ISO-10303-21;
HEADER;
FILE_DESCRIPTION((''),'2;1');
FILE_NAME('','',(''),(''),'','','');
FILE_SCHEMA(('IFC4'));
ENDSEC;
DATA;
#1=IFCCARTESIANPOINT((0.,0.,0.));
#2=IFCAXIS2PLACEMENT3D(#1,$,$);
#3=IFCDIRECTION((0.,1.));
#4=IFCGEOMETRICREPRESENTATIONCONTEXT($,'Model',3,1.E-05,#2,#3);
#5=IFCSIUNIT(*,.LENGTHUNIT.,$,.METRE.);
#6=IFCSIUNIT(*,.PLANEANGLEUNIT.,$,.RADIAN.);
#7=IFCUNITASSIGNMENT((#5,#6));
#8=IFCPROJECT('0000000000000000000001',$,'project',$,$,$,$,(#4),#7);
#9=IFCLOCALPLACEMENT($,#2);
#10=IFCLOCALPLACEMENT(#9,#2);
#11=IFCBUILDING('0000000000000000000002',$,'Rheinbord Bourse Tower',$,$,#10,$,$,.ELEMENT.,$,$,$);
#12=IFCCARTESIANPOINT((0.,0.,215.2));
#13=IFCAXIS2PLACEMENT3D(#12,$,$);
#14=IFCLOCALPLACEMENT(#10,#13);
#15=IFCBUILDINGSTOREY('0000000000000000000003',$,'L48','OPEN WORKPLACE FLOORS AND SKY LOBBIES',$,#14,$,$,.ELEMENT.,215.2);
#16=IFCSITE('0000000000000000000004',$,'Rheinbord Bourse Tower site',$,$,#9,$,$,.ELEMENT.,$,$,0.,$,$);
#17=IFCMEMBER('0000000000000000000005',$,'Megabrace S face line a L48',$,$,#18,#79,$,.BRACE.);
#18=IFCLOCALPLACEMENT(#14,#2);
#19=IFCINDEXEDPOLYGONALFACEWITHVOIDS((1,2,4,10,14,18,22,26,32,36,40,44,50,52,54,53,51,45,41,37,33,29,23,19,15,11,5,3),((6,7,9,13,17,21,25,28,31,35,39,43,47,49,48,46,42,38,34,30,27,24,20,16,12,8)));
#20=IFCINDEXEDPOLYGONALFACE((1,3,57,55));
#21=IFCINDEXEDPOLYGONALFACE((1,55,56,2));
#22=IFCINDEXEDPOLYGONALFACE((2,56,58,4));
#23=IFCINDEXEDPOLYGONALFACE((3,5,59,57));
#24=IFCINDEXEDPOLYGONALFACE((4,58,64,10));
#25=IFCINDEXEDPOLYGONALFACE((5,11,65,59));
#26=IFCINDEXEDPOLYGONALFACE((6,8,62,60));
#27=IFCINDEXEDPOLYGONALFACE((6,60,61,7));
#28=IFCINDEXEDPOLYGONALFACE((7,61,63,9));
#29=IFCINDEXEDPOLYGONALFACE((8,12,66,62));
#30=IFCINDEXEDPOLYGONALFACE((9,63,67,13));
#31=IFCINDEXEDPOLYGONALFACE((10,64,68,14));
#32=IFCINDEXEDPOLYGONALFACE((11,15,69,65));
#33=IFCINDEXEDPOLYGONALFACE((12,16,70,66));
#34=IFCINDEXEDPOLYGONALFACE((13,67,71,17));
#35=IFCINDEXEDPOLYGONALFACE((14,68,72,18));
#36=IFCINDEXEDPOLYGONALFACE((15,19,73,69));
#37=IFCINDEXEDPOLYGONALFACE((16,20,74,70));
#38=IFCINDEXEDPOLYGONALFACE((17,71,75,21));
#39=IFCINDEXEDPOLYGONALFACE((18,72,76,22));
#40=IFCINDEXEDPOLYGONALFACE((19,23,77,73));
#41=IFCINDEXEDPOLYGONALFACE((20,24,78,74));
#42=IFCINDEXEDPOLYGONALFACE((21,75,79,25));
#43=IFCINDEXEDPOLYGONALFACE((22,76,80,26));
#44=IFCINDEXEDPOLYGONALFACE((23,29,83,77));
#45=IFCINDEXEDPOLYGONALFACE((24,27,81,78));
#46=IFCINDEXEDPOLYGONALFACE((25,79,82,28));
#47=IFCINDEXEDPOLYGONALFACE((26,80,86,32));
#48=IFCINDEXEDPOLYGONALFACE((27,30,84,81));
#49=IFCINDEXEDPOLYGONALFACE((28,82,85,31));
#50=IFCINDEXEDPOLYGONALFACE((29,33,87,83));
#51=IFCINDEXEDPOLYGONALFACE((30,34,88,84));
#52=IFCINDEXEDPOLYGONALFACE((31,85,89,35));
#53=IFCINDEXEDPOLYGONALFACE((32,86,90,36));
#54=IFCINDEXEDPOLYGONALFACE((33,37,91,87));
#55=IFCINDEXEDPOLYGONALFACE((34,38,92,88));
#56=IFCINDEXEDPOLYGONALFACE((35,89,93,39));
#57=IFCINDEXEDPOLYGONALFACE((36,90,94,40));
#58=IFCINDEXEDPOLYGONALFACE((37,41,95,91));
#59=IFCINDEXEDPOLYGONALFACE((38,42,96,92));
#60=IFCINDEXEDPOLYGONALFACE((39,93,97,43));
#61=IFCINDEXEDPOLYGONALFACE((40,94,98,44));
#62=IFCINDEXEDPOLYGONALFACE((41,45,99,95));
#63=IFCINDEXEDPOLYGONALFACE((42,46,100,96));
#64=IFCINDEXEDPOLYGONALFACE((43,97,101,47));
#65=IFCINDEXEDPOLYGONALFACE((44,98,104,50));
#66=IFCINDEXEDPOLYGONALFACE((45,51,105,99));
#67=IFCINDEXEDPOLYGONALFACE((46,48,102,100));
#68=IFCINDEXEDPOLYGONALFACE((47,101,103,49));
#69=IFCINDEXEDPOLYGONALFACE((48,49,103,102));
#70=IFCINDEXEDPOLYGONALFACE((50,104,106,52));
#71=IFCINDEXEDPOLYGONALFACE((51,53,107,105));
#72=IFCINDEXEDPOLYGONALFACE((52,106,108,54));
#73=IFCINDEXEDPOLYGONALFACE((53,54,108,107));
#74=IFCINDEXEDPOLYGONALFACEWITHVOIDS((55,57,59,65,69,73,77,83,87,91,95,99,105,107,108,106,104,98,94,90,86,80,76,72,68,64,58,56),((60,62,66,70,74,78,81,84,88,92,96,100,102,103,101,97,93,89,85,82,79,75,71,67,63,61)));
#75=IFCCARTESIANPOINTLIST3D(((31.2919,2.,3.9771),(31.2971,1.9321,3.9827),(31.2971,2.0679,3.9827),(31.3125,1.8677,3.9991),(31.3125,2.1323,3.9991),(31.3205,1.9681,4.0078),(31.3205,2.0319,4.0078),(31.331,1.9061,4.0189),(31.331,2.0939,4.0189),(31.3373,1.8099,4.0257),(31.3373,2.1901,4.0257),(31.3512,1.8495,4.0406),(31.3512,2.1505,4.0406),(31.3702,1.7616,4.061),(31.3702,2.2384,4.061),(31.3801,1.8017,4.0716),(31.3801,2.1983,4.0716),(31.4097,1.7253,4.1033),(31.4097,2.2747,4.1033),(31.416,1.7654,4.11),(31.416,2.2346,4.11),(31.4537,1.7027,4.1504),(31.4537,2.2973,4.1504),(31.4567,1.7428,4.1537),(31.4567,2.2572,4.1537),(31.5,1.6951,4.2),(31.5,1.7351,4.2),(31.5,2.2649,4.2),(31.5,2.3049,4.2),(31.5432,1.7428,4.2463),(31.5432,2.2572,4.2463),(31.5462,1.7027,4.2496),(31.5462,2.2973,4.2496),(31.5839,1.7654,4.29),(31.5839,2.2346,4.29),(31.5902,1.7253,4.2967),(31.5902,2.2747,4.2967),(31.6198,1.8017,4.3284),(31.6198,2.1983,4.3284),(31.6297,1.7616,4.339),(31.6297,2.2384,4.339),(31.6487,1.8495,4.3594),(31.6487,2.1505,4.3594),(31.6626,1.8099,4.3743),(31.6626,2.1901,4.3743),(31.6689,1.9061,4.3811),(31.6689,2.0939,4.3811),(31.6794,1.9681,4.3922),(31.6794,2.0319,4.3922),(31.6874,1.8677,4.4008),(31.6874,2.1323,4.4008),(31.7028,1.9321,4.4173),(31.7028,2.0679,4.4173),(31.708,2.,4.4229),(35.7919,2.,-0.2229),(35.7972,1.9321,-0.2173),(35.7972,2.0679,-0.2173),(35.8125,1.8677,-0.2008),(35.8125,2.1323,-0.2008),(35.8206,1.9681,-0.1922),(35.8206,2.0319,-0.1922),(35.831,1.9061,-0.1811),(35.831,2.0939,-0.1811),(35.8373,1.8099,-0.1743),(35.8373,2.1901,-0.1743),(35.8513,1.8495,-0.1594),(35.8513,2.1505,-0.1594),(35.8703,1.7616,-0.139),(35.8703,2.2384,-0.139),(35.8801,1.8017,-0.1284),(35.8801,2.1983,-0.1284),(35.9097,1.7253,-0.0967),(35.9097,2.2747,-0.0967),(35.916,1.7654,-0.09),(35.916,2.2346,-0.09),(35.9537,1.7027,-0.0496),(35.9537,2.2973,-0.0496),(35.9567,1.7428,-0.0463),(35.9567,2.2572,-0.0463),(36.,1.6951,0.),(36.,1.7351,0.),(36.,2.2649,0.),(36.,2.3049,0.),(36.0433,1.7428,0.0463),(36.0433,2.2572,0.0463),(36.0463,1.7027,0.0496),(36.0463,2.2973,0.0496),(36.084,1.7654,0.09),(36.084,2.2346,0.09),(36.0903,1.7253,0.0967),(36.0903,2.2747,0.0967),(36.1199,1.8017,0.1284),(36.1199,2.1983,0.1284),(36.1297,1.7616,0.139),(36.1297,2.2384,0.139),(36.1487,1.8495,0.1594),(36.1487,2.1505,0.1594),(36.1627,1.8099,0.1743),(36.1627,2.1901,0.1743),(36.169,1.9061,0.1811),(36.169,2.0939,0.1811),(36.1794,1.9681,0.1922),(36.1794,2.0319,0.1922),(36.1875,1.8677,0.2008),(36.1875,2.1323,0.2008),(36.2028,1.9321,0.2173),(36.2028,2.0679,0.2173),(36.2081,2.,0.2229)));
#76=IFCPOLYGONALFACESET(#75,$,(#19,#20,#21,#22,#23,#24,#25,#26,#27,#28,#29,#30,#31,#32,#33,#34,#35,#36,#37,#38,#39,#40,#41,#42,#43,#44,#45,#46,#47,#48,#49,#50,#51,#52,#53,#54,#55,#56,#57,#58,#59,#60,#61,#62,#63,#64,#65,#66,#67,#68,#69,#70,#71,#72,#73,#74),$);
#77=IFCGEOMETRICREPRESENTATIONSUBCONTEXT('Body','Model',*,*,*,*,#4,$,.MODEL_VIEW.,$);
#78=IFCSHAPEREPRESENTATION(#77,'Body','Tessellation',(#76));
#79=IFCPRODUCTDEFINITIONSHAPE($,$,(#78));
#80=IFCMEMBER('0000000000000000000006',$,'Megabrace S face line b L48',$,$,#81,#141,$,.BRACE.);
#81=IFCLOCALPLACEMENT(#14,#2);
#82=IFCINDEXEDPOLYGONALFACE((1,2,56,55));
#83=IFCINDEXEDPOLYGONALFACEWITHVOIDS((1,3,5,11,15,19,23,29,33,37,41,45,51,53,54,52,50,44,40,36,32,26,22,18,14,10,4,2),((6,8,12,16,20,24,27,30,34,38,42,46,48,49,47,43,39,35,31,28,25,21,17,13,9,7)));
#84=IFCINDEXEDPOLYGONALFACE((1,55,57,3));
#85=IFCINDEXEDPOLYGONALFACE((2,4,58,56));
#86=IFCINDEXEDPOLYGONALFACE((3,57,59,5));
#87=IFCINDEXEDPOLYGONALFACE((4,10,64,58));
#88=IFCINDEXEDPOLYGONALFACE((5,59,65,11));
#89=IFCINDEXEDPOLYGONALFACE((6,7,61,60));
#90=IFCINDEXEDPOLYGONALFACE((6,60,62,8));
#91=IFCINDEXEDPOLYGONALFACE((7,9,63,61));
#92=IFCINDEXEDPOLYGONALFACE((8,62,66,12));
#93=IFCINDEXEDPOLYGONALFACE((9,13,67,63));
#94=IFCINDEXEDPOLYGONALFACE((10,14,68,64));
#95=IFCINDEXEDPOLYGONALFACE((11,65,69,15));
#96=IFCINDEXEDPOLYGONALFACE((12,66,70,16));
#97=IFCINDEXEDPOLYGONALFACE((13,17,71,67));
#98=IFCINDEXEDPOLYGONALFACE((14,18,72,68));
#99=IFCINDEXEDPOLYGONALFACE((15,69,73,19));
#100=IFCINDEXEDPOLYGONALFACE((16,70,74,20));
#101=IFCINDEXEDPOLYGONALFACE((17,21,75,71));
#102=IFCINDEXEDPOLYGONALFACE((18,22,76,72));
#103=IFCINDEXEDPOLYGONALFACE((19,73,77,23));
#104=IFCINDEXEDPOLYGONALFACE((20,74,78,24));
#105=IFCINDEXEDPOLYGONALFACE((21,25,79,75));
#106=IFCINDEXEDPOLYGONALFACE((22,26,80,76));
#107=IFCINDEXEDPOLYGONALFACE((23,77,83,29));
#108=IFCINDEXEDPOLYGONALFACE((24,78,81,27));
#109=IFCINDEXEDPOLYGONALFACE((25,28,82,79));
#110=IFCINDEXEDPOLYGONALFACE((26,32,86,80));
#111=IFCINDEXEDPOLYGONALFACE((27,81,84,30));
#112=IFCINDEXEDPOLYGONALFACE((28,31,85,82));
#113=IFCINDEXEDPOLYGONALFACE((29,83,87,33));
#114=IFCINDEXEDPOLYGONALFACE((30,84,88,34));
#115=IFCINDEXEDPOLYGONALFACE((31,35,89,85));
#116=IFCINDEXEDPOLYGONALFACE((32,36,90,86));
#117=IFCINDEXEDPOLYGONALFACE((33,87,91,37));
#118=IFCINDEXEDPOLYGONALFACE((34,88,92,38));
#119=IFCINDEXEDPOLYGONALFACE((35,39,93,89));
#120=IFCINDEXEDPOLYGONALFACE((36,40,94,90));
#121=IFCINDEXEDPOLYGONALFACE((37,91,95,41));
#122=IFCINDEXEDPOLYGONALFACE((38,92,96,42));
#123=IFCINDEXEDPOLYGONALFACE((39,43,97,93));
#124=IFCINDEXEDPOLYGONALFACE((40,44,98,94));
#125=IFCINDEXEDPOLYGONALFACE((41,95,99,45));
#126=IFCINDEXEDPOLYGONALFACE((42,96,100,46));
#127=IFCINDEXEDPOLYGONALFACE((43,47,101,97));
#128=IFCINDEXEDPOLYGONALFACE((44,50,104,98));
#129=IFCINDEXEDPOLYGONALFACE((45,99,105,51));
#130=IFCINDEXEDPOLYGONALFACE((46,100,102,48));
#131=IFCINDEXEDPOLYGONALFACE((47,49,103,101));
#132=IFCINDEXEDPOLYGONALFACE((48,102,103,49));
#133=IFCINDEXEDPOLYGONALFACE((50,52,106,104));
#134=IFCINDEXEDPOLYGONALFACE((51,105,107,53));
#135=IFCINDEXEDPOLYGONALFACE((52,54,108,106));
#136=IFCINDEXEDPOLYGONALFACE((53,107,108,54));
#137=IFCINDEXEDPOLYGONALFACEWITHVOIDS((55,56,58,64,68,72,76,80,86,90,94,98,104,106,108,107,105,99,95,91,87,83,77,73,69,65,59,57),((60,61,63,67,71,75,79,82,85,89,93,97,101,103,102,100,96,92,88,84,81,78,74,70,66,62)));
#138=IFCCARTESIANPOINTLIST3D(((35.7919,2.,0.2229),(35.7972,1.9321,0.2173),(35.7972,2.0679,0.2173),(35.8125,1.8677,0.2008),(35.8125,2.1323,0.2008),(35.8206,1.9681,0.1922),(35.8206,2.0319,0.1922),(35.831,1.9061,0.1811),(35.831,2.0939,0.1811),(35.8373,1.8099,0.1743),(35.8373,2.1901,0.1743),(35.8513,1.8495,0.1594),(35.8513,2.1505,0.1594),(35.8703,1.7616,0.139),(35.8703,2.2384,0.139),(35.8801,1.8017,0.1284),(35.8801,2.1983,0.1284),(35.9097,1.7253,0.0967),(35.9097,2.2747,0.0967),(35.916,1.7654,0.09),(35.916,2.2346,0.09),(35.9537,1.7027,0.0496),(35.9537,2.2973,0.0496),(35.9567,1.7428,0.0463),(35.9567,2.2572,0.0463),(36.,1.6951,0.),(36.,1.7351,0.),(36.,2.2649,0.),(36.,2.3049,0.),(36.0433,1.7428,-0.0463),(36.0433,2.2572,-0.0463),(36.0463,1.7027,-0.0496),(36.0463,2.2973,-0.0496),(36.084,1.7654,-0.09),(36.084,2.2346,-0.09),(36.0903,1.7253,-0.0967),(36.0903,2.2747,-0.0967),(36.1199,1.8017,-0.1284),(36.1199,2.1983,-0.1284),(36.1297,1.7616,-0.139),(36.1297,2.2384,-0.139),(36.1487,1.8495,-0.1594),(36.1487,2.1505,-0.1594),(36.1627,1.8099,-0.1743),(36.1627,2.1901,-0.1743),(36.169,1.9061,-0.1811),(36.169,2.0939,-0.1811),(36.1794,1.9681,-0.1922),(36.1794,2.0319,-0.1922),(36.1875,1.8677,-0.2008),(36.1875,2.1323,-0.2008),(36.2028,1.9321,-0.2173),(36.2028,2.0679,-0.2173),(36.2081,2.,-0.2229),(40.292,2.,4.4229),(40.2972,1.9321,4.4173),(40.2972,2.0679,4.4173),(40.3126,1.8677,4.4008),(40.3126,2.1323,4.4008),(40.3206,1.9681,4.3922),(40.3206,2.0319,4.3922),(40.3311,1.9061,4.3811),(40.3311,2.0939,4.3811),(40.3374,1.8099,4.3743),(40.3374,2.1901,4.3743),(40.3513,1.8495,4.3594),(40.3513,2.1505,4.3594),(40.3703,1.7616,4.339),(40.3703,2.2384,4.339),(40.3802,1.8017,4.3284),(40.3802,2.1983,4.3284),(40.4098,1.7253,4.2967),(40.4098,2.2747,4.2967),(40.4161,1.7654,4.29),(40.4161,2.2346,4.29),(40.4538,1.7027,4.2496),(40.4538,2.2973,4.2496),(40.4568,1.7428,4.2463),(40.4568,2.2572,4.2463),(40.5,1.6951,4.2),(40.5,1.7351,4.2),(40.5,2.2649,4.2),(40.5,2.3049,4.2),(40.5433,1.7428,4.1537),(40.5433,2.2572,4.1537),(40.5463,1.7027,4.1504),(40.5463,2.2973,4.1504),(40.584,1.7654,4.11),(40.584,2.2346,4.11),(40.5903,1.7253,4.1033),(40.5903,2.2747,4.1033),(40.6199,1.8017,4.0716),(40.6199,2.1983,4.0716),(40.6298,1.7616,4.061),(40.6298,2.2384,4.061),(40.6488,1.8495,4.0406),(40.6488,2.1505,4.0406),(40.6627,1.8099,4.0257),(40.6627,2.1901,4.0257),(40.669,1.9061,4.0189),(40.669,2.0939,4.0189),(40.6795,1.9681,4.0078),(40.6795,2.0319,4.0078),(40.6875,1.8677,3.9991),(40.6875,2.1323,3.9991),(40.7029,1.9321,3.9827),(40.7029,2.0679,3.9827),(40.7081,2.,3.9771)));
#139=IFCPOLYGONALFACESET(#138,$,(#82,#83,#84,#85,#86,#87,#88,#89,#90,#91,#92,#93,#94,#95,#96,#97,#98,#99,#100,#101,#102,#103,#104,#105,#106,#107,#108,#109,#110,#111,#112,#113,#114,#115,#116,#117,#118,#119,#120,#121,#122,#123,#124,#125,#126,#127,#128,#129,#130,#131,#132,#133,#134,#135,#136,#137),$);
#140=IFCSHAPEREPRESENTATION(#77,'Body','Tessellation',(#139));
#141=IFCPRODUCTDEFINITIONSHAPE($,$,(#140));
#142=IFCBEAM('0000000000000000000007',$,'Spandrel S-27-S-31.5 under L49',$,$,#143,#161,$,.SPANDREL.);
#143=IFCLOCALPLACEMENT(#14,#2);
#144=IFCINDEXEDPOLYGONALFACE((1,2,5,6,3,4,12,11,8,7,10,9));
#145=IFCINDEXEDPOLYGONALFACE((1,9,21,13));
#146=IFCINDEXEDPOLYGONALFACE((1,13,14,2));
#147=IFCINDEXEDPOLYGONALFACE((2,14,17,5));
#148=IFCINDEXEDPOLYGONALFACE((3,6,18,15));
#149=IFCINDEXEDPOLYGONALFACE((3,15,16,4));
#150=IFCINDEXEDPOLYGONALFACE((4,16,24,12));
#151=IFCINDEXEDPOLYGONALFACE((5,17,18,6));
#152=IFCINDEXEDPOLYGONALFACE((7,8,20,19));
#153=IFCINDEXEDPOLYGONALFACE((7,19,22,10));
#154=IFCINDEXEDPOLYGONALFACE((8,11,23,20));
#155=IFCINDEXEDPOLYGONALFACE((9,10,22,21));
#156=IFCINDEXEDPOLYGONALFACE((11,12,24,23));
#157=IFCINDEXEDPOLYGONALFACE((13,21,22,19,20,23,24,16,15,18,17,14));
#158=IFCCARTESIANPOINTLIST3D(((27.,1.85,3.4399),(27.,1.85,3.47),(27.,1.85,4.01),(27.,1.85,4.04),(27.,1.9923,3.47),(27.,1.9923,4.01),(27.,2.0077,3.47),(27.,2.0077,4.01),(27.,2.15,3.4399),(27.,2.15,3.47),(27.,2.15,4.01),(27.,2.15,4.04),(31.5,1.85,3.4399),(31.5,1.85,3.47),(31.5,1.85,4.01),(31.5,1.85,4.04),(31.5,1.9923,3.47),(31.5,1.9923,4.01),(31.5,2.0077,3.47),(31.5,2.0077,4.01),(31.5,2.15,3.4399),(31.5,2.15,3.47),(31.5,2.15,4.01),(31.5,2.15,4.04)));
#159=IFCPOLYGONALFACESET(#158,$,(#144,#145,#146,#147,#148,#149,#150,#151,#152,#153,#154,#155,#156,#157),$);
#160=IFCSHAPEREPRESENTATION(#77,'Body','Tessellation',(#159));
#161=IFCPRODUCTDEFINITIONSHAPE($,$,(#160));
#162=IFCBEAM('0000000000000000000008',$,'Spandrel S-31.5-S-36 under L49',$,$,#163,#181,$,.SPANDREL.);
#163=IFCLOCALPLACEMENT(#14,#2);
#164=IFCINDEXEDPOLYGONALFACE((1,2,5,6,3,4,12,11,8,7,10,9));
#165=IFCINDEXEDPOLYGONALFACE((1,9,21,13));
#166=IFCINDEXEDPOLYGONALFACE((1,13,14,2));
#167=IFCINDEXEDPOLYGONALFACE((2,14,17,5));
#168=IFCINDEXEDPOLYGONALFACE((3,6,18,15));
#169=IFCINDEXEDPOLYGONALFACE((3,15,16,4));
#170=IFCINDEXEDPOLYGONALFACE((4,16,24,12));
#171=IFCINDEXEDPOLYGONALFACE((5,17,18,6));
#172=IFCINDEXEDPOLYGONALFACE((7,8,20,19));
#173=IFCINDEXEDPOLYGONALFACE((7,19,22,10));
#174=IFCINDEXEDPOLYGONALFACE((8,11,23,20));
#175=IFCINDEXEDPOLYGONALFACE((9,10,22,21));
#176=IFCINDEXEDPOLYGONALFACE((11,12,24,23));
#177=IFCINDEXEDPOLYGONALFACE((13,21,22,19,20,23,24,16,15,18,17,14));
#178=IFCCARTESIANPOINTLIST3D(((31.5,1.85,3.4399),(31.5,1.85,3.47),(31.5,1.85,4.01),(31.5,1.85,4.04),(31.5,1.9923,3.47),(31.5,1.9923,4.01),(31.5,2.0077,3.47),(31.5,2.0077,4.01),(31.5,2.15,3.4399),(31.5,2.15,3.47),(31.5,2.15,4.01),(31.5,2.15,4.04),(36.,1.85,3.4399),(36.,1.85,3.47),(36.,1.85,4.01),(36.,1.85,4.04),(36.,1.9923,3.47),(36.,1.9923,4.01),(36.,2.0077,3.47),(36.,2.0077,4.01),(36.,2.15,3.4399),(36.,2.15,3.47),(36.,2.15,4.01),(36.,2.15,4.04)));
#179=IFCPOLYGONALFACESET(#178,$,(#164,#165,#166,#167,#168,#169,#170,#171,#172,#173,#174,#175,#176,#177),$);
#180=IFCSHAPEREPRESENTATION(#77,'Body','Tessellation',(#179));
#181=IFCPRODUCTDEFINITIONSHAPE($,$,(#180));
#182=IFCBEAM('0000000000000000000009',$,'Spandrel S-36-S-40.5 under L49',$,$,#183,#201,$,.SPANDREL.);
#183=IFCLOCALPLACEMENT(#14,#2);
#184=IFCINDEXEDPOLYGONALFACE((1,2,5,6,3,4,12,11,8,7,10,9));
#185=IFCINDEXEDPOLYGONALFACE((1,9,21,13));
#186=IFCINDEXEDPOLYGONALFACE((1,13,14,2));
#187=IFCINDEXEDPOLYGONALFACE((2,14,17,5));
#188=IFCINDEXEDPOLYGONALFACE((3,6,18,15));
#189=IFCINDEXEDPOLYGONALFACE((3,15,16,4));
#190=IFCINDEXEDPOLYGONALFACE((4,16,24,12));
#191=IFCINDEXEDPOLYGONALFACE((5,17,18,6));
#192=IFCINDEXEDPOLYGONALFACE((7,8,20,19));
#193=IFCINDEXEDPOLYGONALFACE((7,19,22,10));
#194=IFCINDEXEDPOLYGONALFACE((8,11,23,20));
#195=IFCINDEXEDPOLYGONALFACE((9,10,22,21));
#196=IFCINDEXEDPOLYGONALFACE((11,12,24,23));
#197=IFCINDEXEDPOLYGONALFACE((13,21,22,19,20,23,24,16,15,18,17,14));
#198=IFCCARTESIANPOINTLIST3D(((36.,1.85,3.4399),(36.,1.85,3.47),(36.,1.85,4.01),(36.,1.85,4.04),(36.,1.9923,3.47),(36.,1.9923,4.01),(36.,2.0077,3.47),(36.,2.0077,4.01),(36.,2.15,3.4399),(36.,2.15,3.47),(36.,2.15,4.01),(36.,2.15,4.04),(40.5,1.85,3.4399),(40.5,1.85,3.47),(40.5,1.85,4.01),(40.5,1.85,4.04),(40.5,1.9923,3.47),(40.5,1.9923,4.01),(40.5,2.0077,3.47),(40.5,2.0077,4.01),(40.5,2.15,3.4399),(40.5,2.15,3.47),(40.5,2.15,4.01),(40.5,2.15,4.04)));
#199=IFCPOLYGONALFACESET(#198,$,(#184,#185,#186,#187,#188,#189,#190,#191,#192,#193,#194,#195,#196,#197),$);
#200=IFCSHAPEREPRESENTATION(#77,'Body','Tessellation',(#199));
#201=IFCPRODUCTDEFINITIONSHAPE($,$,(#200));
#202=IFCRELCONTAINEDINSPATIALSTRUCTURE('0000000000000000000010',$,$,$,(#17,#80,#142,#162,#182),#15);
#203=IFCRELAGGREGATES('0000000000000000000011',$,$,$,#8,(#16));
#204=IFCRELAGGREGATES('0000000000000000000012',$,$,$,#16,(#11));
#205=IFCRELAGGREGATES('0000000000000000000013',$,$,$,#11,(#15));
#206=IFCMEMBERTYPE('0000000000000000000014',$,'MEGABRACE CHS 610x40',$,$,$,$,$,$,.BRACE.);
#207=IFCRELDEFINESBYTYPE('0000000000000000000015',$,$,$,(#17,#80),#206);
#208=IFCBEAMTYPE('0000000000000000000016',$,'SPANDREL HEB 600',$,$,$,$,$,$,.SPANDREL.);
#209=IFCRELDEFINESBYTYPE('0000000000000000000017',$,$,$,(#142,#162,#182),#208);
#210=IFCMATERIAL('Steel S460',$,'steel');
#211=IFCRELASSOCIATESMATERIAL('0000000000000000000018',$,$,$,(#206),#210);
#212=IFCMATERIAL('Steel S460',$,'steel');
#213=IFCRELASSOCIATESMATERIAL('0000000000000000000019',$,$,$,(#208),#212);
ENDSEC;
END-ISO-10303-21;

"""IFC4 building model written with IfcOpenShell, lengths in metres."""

from ifc_helpers import new_model, si_unit, direction, frame, origin, origin_2d, place, context, subcontext, project, spatial, hollow_circle, i_section, extrude, material, material_profile, profile_set, type_object, element, save


model = new_model("IFC4")

# Units and contexts
model_context = context("Model", 3, precision=1e-05, world=origin(), true_north=direction((0.0, 1.0)))
body_context = subcontext(model_context, "Body", "Model", "MODEL_VIEW")
ifc_project = project(units=[si_unit("LENGTHUNIT", "METRE"), si_unit("PLANEANGLEUNIT", "RADIAN")], contexts=[model_context])

# Site, building, storey
site_placement = place(None, origin())
site = spatial("IfcSite", under=ifc_project, at=site_placement, Name="Rheinbord Bourse Tower site", CompositionType="ELEMENT", RefElevation=0.0)
building_placement = place(site_placement, origin())
building = spatial("IfcBuilding", under=site, at=building_placement, Name="Rheinbord Bourse Tower", CompositionType="ELEMENT")
storey_placement = place(building_placement, frame((0.0, 0.0, 215.2)))
storey = spatial("IfcBuildingStorey", under=building, at=storey_placement, Name="L48", Description="OPEN WORKPLACE FLOORS AND SKY LOBBIES", CompositionType="ELEMENT", Elevation=215.2)

# Members
ifc_material_1 = material(Name="Steel S460", Category="steel")
ifc_material_profile_1 = material_profile(ifc_material_1, hollow_circle(Radius=0.3049, WallThickness=0.04, at=origin_2d()), Name="CHS 610x40")
ifc_profile_set_1 = profile_set([ifc_material_profile_1], Name="Steel S460")
member_type_1 = type_object("IfcMemberType", Name="MEGABRACE CHS 610x40", PredefinedType="BRACE", material=ifc_profile_set_1)
for number, where, z_axis, x_axis, name in (
    (1, (36.0, 2.0, 0.0), (-0.731059, 0.0, 0.682314), (0.0, -1.0, 0.0), "Megabrace S face line a L48"),
    (2, (36.0, 2.0, 0.0), (0.731059, 0.0, 0.682314), (0.0, 1.0, 0.0), "Megabrace S face line b L48"),
):
    element("IfcMember", number, at=place(storey_placement, frame(where, z_axis=z_axis, x_axis=x_axis)), inside=storey, type_object=member_type_1, Name=name, PredefinedType="BRACE", context=body_context, shape_type="SweptSolid", body=[
        extrude(hollow_circle(Radius=0.3049, WallThickness=0.04, at=origin_2d()), origin(), (0.0, 0.0, 1.0), 6.1555),
    ])

# Beams
ifc_material_2 = material(Name="Steel S460", Category="steel")
ifc_material_profile_2 = material_profile(ifc_material_2, i_section(OverallWidth=0.3, OverallDepth=0.6001, WebThickness=0.0154, FlangeThickness=0.03, at=origin_2d()), Name="HEB 600")
ifc_profile_set_2 = profile_set([ifc_material_profile_2], Name="Steel S460")
beam_type_1 = type_object("IfcBeamType", Name="SPANDREL HEB 600", PredefinedType="SPANDREL", material=ifc_profile_set_2)
for number, where, z_axis, x_axis, name in (
    (3, (27.0, 2.0, 3.74), (1.0, 0.0, 0.0), (0.0, 1.0, 0.0), "Spandrel S-27-S-31.5 under L49"),
    (4, (31.5, 2.0, 3.74), (1.0, 0.0, 0.0), (0.0, 1.0, 0.0), "Spandrel S-31.5-S-36 under L49"),
    (5, (36.0, 2.0, 3.74), (1.0, 0.0, 0.0), (0.0, 1.0, 0.0), "Spandrel S-36-S-40.5 under L49"),
):
    element("IfcBeam", number, at=place(storey_placement, frame(where, z_axis=z_axis, x_axis=x_axis)), inside=storey, type_object=beam_type_1, Name=name, PredefinedType="SPANDREL", context=body_context, shape_type="SweptSolid", body=[
        extrude(i_section(OverallWidth=0.3, OverallDepth=0.6001, WebThickness=0.0154, FlangeThickness=0.03, at=origin_2d()), origin(), (0.0, 0.0, 1.0), 4.5),
    ])

save(model, "model.ifc")
